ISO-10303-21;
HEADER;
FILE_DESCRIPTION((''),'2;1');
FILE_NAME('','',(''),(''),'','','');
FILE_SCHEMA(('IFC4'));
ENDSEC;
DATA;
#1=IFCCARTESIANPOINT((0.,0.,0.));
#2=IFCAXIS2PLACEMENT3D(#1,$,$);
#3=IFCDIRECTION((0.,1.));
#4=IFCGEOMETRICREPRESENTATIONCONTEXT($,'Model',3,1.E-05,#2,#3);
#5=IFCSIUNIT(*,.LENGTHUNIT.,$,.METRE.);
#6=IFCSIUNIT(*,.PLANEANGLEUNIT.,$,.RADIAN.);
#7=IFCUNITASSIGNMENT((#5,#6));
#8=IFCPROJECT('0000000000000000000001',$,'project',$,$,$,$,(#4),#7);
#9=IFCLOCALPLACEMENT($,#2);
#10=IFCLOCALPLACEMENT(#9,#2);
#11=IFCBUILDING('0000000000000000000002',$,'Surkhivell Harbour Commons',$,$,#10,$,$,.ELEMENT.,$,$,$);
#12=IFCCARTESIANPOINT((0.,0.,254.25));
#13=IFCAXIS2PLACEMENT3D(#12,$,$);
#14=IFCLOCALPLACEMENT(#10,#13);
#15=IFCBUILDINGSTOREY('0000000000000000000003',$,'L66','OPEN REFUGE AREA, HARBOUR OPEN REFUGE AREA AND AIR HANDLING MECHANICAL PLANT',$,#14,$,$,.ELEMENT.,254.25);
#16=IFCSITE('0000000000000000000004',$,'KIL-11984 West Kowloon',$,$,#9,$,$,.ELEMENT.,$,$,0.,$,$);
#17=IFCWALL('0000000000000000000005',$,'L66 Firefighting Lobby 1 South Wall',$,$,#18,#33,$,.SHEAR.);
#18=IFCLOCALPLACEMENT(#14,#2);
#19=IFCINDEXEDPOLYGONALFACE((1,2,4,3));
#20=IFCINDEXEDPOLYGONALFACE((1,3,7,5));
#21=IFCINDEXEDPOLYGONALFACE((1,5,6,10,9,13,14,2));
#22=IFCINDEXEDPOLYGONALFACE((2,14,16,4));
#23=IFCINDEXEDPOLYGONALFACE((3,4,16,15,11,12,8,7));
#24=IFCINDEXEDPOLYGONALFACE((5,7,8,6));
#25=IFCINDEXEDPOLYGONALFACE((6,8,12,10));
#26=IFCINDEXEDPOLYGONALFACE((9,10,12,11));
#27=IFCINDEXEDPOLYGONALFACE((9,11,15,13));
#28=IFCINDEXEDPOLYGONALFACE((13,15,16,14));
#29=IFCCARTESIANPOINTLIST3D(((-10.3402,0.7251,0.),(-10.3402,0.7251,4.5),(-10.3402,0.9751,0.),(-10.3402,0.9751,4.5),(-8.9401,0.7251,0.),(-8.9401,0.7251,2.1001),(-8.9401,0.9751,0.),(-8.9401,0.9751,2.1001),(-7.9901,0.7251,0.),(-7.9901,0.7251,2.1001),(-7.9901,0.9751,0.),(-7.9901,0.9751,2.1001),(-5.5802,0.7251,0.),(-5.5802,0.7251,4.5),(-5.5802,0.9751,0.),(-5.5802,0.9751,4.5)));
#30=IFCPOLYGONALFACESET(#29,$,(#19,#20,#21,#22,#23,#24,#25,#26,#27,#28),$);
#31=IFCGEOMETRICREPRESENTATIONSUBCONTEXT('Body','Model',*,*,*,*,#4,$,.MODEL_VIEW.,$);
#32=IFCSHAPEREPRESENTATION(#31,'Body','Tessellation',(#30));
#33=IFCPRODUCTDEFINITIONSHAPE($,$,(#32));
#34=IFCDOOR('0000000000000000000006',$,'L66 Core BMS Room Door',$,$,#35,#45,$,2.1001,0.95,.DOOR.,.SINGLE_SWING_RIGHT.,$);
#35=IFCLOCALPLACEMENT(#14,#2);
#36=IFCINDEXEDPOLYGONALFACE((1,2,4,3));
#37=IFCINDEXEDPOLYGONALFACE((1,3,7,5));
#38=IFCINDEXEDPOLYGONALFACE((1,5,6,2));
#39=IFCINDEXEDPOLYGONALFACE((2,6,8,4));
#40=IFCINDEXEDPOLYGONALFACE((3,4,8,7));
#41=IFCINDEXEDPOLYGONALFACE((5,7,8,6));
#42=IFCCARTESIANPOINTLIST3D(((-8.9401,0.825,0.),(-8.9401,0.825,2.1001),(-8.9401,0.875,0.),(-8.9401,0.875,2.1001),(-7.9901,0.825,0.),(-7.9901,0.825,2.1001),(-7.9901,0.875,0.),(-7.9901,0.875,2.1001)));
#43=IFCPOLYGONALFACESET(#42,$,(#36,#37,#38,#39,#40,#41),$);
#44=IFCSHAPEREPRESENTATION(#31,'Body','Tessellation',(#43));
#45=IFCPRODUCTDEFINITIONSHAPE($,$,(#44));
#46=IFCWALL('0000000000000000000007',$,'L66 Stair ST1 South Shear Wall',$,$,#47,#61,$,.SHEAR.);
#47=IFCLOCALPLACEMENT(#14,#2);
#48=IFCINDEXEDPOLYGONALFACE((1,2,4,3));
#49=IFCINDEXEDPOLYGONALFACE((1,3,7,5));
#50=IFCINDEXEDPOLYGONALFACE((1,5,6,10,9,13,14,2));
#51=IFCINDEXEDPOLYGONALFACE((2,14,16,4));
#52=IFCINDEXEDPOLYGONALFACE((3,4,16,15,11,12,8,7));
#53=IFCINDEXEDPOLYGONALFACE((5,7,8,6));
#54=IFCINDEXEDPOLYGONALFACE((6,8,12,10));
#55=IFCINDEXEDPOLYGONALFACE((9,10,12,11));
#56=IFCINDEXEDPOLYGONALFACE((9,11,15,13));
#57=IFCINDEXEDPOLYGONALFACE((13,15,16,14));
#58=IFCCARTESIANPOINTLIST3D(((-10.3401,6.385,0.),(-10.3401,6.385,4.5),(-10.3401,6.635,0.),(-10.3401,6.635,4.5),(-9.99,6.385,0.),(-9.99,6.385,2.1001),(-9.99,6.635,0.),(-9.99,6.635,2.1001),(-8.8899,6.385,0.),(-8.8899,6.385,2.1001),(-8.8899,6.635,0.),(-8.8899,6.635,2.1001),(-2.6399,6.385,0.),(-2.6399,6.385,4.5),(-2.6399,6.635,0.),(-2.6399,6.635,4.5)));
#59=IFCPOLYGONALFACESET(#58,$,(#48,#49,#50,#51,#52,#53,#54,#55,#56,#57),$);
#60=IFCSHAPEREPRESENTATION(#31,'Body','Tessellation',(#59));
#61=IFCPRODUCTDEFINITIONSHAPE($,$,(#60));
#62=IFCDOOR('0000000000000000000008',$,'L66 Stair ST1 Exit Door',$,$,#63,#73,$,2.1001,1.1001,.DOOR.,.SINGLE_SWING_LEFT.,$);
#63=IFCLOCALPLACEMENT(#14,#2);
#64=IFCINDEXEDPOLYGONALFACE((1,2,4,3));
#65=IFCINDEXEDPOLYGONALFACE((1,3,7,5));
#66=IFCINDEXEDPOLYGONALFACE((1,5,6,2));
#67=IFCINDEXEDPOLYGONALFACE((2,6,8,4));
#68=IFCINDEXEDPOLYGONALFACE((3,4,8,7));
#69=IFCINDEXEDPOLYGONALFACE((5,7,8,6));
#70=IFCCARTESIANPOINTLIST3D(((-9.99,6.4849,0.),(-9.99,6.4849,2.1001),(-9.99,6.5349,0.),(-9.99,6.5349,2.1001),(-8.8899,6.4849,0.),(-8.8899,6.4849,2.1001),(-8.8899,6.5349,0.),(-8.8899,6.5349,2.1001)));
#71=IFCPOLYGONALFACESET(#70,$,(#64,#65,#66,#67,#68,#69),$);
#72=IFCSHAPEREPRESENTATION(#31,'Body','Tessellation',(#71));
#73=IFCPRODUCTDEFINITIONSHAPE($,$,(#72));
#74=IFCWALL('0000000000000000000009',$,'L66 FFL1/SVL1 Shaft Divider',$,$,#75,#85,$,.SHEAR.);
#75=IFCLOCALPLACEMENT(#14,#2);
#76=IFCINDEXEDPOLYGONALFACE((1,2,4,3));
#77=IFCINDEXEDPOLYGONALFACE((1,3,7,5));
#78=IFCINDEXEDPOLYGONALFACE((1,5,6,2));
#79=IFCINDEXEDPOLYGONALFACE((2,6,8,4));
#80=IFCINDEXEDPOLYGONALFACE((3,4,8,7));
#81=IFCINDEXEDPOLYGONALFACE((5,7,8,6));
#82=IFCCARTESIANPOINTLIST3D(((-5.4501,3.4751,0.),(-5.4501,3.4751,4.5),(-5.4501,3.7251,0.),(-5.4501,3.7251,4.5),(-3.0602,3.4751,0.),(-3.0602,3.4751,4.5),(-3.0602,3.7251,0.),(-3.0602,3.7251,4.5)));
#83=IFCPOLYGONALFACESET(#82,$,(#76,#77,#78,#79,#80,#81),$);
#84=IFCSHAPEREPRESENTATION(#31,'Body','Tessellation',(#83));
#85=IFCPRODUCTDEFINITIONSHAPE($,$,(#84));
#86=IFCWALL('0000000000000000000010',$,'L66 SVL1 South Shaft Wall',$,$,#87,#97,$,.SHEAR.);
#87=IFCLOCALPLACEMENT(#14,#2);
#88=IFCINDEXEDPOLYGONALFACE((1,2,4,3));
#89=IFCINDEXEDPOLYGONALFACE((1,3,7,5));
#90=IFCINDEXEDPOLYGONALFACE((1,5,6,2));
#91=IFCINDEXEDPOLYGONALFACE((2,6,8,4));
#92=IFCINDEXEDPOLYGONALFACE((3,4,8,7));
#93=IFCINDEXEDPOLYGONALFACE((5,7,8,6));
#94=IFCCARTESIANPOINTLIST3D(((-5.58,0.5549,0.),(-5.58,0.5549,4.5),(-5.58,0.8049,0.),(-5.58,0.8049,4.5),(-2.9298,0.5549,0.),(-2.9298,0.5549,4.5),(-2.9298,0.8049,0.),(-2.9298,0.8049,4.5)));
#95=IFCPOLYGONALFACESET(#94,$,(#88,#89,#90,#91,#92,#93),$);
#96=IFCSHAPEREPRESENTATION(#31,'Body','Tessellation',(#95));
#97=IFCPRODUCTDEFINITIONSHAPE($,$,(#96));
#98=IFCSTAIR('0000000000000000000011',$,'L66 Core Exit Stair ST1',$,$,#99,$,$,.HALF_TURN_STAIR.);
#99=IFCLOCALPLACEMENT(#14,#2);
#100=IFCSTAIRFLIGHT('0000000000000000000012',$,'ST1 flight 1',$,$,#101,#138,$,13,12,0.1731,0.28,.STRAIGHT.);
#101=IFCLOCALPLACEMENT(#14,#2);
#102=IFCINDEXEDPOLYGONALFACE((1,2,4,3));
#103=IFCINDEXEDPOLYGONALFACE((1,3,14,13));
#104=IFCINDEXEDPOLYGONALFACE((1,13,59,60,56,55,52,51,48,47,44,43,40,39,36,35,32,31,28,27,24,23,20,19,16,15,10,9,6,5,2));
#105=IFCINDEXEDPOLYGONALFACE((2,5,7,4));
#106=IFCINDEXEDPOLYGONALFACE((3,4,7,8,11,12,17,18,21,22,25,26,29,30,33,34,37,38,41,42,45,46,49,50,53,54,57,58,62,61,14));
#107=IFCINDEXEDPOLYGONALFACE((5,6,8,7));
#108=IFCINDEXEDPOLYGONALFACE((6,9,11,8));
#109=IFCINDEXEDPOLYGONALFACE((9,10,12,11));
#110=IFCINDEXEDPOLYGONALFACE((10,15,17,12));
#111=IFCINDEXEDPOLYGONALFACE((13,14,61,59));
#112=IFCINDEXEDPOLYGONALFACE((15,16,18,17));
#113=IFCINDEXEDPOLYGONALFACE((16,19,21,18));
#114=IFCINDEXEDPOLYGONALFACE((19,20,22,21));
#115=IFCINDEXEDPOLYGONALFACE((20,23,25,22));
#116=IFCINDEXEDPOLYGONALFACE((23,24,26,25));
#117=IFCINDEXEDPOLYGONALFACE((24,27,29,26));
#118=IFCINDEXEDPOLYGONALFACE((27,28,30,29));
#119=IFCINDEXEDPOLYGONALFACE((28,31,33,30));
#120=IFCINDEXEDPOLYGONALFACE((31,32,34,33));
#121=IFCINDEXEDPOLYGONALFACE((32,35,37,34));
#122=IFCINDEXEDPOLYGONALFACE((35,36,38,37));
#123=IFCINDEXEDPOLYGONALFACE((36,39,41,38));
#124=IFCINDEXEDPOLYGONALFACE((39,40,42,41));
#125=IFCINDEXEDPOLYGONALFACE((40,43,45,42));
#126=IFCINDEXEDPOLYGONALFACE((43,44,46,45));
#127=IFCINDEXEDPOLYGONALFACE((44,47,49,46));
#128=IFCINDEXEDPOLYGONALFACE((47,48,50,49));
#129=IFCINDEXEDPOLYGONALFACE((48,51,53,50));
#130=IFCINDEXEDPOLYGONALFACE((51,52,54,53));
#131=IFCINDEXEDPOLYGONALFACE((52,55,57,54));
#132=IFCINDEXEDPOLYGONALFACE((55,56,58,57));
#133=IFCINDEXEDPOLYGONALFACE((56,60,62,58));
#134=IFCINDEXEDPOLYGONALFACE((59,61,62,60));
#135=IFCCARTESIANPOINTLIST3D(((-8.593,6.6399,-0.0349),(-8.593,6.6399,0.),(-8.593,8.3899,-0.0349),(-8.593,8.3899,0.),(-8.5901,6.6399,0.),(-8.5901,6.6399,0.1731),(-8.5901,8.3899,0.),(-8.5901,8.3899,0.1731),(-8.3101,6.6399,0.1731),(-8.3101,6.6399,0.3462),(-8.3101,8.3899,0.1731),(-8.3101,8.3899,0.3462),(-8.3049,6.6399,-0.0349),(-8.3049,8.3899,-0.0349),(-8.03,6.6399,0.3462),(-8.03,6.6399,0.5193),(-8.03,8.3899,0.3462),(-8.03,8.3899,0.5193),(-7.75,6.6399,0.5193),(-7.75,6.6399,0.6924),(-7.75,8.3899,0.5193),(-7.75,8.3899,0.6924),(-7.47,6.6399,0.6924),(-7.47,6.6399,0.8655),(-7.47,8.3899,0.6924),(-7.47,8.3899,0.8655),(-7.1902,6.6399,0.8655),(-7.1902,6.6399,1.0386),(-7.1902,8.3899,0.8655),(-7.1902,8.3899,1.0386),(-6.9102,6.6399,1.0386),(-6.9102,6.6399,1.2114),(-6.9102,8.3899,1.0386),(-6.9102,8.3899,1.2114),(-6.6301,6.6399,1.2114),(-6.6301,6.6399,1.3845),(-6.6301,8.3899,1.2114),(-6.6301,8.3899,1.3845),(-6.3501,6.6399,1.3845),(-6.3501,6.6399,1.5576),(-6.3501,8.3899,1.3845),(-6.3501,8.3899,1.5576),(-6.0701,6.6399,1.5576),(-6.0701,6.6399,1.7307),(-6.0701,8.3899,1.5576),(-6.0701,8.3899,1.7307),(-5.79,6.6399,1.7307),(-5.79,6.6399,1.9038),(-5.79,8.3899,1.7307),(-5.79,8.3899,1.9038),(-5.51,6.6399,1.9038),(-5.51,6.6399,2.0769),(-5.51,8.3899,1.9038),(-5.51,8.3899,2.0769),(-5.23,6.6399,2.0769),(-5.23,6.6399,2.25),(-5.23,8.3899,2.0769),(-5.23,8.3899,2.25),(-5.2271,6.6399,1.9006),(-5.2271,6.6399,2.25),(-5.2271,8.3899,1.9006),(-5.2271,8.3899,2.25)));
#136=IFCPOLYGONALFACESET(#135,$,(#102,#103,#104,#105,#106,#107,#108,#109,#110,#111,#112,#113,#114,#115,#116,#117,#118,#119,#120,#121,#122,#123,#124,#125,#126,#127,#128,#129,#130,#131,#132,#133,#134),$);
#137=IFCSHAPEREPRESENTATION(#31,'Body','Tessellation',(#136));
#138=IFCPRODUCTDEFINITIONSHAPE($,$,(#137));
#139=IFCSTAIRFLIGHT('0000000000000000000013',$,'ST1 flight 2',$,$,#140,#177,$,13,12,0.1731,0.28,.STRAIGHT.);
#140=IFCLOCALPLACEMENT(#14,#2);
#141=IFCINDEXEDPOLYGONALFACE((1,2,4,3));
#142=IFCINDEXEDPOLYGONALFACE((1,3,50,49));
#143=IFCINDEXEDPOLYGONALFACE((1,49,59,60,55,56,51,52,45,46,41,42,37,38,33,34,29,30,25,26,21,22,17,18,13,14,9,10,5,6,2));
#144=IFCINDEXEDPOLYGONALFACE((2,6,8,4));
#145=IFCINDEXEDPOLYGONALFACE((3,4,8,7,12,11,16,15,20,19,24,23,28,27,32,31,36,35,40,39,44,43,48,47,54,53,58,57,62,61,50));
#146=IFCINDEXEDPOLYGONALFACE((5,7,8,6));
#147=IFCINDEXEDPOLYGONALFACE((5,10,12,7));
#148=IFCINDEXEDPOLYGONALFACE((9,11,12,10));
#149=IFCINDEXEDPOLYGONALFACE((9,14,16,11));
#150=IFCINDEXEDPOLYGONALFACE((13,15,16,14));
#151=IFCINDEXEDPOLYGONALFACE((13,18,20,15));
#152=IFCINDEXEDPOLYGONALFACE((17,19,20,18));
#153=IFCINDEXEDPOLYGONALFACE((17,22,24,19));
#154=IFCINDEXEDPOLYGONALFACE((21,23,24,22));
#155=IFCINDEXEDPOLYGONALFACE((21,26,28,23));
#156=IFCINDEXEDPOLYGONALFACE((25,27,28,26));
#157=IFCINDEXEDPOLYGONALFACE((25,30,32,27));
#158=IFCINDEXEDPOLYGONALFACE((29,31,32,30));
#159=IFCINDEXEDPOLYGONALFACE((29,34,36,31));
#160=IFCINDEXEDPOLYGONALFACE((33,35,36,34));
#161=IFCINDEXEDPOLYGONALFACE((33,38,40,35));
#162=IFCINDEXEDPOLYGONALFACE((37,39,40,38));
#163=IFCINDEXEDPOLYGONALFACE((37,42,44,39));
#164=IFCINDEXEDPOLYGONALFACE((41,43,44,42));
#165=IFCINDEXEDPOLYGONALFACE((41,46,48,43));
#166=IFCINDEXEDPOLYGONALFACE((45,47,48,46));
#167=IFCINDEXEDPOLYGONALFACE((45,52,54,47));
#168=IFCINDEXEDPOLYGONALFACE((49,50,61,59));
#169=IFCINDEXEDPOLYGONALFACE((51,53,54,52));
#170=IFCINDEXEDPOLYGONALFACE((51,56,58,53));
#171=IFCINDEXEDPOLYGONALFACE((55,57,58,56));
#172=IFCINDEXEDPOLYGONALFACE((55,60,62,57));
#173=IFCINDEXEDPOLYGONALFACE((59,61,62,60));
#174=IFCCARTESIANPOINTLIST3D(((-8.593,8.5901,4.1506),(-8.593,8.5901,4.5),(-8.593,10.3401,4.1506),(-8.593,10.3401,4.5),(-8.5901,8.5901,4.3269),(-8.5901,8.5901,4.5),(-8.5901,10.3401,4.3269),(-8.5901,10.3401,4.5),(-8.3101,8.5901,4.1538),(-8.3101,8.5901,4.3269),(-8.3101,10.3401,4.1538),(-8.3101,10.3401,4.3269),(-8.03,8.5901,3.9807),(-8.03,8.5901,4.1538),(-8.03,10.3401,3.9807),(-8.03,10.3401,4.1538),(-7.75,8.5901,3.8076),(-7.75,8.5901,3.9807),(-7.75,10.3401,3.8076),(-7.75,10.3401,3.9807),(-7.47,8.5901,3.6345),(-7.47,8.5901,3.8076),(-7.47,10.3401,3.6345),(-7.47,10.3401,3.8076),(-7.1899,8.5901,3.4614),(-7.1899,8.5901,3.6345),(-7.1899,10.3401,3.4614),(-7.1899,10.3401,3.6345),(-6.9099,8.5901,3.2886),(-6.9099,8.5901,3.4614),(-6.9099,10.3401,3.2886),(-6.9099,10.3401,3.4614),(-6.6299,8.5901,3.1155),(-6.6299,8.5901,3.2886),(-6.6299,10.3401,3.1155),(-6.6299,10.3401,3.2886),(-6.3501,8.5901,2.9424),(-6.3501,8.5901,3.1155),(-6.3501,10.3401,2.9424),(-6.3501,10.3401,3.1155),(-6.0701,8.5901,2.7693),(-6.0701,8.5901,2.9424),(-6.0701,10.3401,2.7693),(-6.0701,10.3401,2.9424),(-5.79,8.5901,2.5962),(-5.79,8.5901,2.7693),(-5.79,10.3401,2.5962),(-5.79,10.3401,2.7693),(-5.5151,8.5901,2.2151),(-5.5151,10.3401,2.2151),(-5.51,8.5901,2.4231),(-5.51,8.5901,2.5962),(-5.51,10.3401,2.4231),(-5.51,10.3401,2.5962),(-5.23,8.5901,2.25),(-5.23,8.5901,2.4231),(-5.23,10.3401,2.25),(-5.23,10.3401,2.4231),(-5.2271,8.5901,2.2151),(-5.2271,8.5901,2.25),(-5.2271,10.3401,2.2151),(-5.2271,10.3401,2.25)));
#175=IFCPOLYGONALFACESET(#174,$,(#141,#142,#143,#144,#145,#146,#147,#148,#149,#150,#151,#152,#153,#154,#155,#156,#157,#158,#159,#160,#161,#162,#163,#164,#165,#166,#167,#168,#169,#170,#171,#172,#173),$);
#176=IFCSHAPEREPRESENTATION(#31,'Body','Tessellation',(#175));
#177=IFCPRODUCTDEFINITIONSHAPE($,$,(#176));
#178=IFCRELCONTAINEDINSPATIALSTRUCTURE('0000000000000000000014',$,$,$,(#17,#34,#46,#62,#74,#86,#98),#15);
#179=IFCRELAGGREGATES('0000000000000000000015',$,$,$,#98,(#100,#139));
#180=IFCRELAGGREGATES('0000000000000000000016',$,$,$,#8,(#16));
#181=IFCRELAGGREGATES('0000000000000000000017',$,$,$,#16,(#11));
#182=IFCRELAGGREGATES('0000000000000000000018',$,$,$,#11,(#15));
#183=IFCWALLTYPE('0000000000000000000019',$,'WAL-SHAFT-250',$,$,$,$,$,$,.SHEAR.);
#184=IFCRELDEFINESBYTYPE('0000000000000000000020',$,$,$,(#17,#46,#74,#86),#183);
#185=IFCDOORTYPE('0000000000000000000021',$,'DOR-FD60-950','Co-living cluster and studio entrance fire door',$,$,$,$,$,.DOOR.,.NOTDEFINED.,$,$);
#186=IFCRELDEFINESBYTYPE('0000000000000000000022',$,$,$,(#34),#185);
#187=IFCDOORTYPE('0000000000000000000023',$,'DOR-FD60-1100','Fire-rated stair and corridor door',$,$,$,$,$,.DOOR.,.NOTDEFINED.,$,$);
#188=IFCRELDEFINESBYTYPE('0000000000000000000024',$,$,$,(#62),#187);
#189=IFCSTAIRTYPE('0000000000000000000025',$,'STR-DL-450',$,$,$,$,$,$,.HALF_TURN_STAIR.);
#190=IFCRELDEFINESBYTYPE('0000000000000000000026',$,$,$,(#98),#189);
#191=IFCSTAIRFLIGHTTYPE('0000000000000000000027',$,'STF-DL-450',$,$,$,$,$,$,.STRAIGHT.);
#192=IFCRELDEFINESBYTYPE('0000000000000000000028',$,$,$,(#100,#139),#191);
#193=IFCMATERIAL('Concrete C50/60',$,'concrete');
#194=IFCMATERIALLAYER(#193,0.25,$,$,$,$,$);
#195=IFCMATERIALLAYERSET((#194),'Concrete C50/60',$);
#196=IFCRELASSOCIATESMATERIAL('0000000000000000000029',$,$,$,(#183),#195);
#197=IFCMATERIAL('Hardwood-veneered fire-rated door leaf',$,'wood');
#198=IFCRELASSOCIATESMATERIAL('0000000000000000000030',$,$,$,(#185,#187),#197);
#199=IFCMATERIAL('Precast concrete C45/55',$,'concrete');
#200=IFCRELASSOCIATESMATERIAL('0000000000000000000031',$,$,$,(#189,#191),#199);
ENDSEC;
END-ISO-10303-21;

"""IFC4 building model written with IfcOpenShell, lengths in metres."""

from ifc_helpers import new_model, si_unit, direction, frame, frame_2d, origin, place, context, subcontext, project, spatial, polyline, rectangle, outline, extrude, material, layer, layer_set, type_object, element, fill, aggregate, save


model = new_model("IFC4")

# Units and contexts
model_context = context("Model", 3, precision=1e-05, world=origin(), true_north=direction((0.0, 1.0)))
body_context = subcontext(model_context, "Body", "Model", "MODEL_VIEW")
ifc_project = project(units=[si_unit("LENGTHUNIT", "METRE"), si_unit("PLANEANGLEUNIT", "RADIAN")], contexts=[model_context])

# Site, building, storey
site_placement = place(None, origin())
site = spatial("IfcSite", under=ifc_project, at=site_placement, Name="KIL-11984 West Kowloon", CompositionType="ELEMENT", RefElevation=0.0)
building_placement = place(site_placement, origin())
building = spatial("IfcBuilding", under=site, at=building_placement, Name="Surkhivell Harbour Commons", CompositionType="ELEMENT")
storey_placement = place(building_placement, frame((0.0, 0.0, 254.25)))
storey = spatial("IfcBuildingStorey", under=building, at=storey_placement, Name="L66", Description="OPEN REFUGE AREA, HARBOUR OPEN REFUGE AREA AND AIR HANDLING MECHANICAL PLANT", CompositionType="ELEMENT", Elevation=254.25)

# Shared definitions
ifc_material_1 = material(Name="Hardwood-veneered fire-rated door leaf", Category="wood")

# Walls, openings, doors
ifc_material_2 = material(Name="Concrete C50/60", Category="concrete")
ifc_layer_1 = layer(ifc_material_2, 0.25)
ifc_layer_set_1 = layer_set([ifc_layer_1], Name="Concrete C50/60")
wall_type_1 = type_object("IfcWallType", Name="WAL-SHAFT-250", PredefinedType="SHEAR", material=ifc_layer_set_1)
wall_1_placement = place(storey_placement, frame((-10.3401, 0.8501, 0.0), z_axis=(0.0, 0.0, 1.0), x_axis=(1.0, 0.0, 0.0)))
wall_1 = element("IfcWall", 1, at=wall_1_placement, inside=storey, type_object=wall_type_1, Name="L66 Firefighting Lobby 1 South Wall", PredefinedType="SHEAR", context=body_context, shape_type="SweptSolid", body=[
    extrude(rectangle(XDim=4.76, YDim=0.25, at=frame_2d((2.3799, 0.0))), origin(), (0.0, 0.0, 1.0), 4.5),
])
opening_1_placement = place(wall_1_placement, frame((1.3999, 0.0, 0.0)))
opening_1 = element("IfcOpeningElement", 2, at=opening_1_placement, cuts=wall_1, PredefinedType="OPENING", context=body_context, shape_type="SweptSolid", body=[
    extrude(rectangle(XDim=0.95, YDim=2.1001, at=frame_2d((0.4751, 1.05))), frame((0.0, 0.135, 0.0), z_axis=(0.0, -1.0, 0.0), x_axis=(1.0, 0.0, 0.0)), (0.0, 0.0, 1.0), 0.27),
])
door_type_1 = type_object("IfcDoorType", Name="DOR-FD60-950", Description="Co-living cluster and studio entrance fire door", OperationType="NOTDEFINED", PredefinedType="DOOR", material=ifc_material_1)
door_1_placement = place(opening_1_placement, origin())
door_1 = element("IfcDoor", 3, at=door_1_placement, inside=storey, type_object=door_type_1, Name="L66 Core BMS Room Door", OperationType="SINGLE_SWING_RIGHT", OverallHeight=2.1001, OverallWidth=0.95, PredefinedType="DOOR", context=body_context, shape_type="SweptSolid", body=[
    extrude(rectangle(XDim=0.95, YDim=2.1001, at=frame_2d((0.4751, 1.05))), frame((0.0, 0.0249, 0.0), z_axis=(0.0, -1.0, 0.0), x_axis=(1.0, 0.0, 0.0)), (0.0, 0.0, 1.0), 0.05),
])
fill(opening_1, door_1)
wall_2_placement = place(storey_placement, frame((-10.3401, 6.51, 0.0), z_axis=(0.0, 0.0, 1.0), x_axis=(1.0, 0.0, 0.0)))
wall_2 = element("IfcWall", 4, at=wall_2_placement, inside=storey, type_object=wall_type_1, Name="L66 Stair ST1 South Shear Wall", PredefinedType="SHEAR", context=body_context, shape_type="SweptSolid", body=[
    extrude(rectangle(XDim=7.7002, YDim=0.25, at=frame_2d((3.8501, 0.0))), origin(), (0.0, 0.0, 1.0), 4.5),
])
opening_2_placement = place(wall_2_placement, frame((0.3501, 0.0, 0.0)))
opening_2 = element("IfcOpeningElement", 5, at=opening_2_placement, cuts=wall_2, PredefinedType="OPENING", context=body_context, shape_type="SweptSolid", body=[
    extrude(rectangle(XDim=1.1001, YDim=2.1001, at=frame_2d((0.55, 1.05))), frame((0.0, 0.135, 0.0), z_axis=(0.0, -1.0, 0.0), x_axis=(1.0, 0.0, 0.0)), (0.0, 0.0, 1.0), 0.27),
])
door_type_2 = type_object("IfcDoorType", Name="DOR-FD60-1100", Description="Fire-rated stair and corridor door", OperationType="NOTDEFINED", PredefinedType="DOOR", material=ifc_material_1)
door_2_placement = place(opening_2_placement, origin())
door_2 = element("IfcDoor", 6, at=door_2_placement, inside=storey, type_object=door_type_2, Name="L66 Stair ST1 Exit Door", OperationType="SINGLE_SWING_LEFT", OverallHeight=2.1001, OverallWidth=1.1001, PredefinedType="DOOR", context=body_context, shape_type="SweptSolid", body=[
    extrude(rectangle(XDim=1.1001, YDim=2.1001, at=frame_2d((0.55, 1.05))), frame((0.0, 0.0249, 0.0), z_axis=(0.0, -1.0, 0.0), x_axis=(1.0, 0.0, 0.0)), (0.0, 0.0, 1.0), 0.05),
])
fill(opening_2, door_2)

# Walls
wall_3_placement = place(storey_placement, frame((-5.45, 3.6001, 0.0), z_axis=(0.0, 0.0, 1.0), x_axis=(1.0, 0.0, 0.0)))
element("IfcWall", 7, at=wall_3_placement, inside=storey, type_object=wall_type_1, Name="L66 FFL1/SVL1 Shaft Divider", PredefinedType="SHEAR", context=body_context, shape_type="SweptSolid", body=[
    extrude(rectangle(XDim=2.3899, YDim=0.25, at=frame_2d((1.1948, 0.0))), origin(), (0.0, 0.0, 1.0), 4.5),
])
wall_4_placement = place(storey_placement, frame((-5.5801, 0.6799, 0.0), z_axis=(0.0, 0.0, 1.0), x_axis=(1.0, 0.0, 0.0)))
element("IfcWall", 8, at=wall_4_placement, inside=storey, type_object=wall_type_1, Name="L66 SVL1 South Shaft Wall", PredefinedType="SHEAR", context=body_context, shape_type="SweptSolid", body=[
    extrude(rectangle(XDim=2.6501, YDim=0.25, at=frame_2d((1.3252, 0.0))), origin(), (0.0, 0.0, 1.0), 4.5),
])

# Stair, stair flights
ifc_material_3 = material(Name="Precast concrete C45/55", Category="concrete")
stair_type = type_object("IfcStairType", Name="STR-DL-450", PredefinedType="HALF_TURN_STAIR", material=ifc_material_3)
stair_placement = place(storey_placement, origin())
stair = element("IfcStair", 9, at=stair_placement, inside=storey, type_object=stair_type, Name="L66 Core Exit Stair ST1", PredefinedType="HALF_TURN_STAIR")
stair_flight_type = type_object("IfcStairFlightType", Name="STF-DL-450", PredefinedType="STRAIGHT", material=ifc_material_3)
stair_flight_1_placement = place(storey_placement, frame((-8.5901, 7.5149, 0.0), z_axis=(0.0, 0.0, 1.0), x_axis=(1.0, 0.0, 0.0)))
stair_flight_1 = element("IfcStairFlight", 10, at=stair_flight_1_placement, type_object=stair_flight_type, Name="ST1 flight 1", NumberOfRisers=13, NumberOfTreads=12, PredefinedType="STRAIGHT", RiserHeight=0.1731, TreadLength=0.28, context=body_context, shape_type="SweptSolid", body=[
    extrude(outline(polyline([(-0.0029, -0.0349), (-0.0029, 0.0), (0.0, 0.0), (0.0, 0.1731), (0.28, 0.1731), (0.28, 0.3462), (0.5601, 0.3462), (0.5601, 0.5193), (0.8401, 0.5193), (0.8401, 0.6924), (1.1201, 0.6924), (1.1201, 0.8655), (1.3999, 0.8655), (1.3999, 1.0386), (1.6799, 1.0386), (1.6799, 1.2114), (1.96, 1.2114), (1.96, 1.3845), (2.24, 1.3845), (2.24, 1.5576), (2.52, 1.5576), (2.52, 1.7307), (2.8, 1.7307), (2.8, 1.9038), (3.0801, 1.9038), (3.0801, 2.0769), (3.3601, 2.0769), (3.3601, 2.25), (3.363, 2.25), (3.363, 1.9006), (0.2852, -0.0349), (-0.0029, -0.0349)])), frame((0.0, 0.875, 0.0), z_axis=(0.0, -1.0, 0.0), x_axis=(1.0, 0.0, 0.0)), (0.0, 0.0, 1.0), 1.75),
])
stair_flight_2_placement = place(storey_placement, frame((-5.23, 9.4651, 2.25), z_axis=(0.0, 0.0, 1.0), x_axis=(-1.0, 0.0, 0.0)))
stair_flight_2 = element("IfcStairFlight", 11, at=stair_flight_2_placement, type_object=stair_flight_type, Name="ST1 flight 2", NumberOfRisers=13, NumberOfTreads=12, PredefinedType="STRAIGHT", RiserHeight=0.1731, TreadLength=0.28, context=body_context, shape_type="SweptSolid", body=[
    extrude(outline(polyline([(-0.0029, -0.0349), (-0.0029, 0.0), (0.0, 0.0), (0.0, 0.1731), (0.28, 0.1731), (0.28, 0.3462), (0.5601, 0.3462), (0.5601, 0.5193), (0.8401, 0.5193), (0.8401, 0.6924), (1.1201, 0.6924), (1.1201, 0.8655), (1.3999, 0.8655), (1.3999, 1.0386), (1.6799, 1.0386), (1.6799, 1.2114), (1.96, 1.2114), (1.96, 1.3845), (2.24, 1.3845), (2.24, 1.5576), (2.52, 1.5576), (2.52, 1.7307), (2.8, 1.7307), (2.8, 1.9038), (3.0801, 1.9038), (3.0801, 2.0769), (3.3601, 2.0769), (3.3601, 2.25), (3.363, 2.25), (3.363, 1.9006), (0.2852, -0.0349), (-0.0029, -0.0349)])), frame((0.0, 0.875, 0.0), z_axis=(0.0, -1.0, 0.0), x_axis=(1.0, 0.0, 0.0)), (0.0, 0.0, 1.0), 1.75),
])
aggregate(stair, [stair_flight_1, stair_flight_2])

save(model, "model.ifc")
